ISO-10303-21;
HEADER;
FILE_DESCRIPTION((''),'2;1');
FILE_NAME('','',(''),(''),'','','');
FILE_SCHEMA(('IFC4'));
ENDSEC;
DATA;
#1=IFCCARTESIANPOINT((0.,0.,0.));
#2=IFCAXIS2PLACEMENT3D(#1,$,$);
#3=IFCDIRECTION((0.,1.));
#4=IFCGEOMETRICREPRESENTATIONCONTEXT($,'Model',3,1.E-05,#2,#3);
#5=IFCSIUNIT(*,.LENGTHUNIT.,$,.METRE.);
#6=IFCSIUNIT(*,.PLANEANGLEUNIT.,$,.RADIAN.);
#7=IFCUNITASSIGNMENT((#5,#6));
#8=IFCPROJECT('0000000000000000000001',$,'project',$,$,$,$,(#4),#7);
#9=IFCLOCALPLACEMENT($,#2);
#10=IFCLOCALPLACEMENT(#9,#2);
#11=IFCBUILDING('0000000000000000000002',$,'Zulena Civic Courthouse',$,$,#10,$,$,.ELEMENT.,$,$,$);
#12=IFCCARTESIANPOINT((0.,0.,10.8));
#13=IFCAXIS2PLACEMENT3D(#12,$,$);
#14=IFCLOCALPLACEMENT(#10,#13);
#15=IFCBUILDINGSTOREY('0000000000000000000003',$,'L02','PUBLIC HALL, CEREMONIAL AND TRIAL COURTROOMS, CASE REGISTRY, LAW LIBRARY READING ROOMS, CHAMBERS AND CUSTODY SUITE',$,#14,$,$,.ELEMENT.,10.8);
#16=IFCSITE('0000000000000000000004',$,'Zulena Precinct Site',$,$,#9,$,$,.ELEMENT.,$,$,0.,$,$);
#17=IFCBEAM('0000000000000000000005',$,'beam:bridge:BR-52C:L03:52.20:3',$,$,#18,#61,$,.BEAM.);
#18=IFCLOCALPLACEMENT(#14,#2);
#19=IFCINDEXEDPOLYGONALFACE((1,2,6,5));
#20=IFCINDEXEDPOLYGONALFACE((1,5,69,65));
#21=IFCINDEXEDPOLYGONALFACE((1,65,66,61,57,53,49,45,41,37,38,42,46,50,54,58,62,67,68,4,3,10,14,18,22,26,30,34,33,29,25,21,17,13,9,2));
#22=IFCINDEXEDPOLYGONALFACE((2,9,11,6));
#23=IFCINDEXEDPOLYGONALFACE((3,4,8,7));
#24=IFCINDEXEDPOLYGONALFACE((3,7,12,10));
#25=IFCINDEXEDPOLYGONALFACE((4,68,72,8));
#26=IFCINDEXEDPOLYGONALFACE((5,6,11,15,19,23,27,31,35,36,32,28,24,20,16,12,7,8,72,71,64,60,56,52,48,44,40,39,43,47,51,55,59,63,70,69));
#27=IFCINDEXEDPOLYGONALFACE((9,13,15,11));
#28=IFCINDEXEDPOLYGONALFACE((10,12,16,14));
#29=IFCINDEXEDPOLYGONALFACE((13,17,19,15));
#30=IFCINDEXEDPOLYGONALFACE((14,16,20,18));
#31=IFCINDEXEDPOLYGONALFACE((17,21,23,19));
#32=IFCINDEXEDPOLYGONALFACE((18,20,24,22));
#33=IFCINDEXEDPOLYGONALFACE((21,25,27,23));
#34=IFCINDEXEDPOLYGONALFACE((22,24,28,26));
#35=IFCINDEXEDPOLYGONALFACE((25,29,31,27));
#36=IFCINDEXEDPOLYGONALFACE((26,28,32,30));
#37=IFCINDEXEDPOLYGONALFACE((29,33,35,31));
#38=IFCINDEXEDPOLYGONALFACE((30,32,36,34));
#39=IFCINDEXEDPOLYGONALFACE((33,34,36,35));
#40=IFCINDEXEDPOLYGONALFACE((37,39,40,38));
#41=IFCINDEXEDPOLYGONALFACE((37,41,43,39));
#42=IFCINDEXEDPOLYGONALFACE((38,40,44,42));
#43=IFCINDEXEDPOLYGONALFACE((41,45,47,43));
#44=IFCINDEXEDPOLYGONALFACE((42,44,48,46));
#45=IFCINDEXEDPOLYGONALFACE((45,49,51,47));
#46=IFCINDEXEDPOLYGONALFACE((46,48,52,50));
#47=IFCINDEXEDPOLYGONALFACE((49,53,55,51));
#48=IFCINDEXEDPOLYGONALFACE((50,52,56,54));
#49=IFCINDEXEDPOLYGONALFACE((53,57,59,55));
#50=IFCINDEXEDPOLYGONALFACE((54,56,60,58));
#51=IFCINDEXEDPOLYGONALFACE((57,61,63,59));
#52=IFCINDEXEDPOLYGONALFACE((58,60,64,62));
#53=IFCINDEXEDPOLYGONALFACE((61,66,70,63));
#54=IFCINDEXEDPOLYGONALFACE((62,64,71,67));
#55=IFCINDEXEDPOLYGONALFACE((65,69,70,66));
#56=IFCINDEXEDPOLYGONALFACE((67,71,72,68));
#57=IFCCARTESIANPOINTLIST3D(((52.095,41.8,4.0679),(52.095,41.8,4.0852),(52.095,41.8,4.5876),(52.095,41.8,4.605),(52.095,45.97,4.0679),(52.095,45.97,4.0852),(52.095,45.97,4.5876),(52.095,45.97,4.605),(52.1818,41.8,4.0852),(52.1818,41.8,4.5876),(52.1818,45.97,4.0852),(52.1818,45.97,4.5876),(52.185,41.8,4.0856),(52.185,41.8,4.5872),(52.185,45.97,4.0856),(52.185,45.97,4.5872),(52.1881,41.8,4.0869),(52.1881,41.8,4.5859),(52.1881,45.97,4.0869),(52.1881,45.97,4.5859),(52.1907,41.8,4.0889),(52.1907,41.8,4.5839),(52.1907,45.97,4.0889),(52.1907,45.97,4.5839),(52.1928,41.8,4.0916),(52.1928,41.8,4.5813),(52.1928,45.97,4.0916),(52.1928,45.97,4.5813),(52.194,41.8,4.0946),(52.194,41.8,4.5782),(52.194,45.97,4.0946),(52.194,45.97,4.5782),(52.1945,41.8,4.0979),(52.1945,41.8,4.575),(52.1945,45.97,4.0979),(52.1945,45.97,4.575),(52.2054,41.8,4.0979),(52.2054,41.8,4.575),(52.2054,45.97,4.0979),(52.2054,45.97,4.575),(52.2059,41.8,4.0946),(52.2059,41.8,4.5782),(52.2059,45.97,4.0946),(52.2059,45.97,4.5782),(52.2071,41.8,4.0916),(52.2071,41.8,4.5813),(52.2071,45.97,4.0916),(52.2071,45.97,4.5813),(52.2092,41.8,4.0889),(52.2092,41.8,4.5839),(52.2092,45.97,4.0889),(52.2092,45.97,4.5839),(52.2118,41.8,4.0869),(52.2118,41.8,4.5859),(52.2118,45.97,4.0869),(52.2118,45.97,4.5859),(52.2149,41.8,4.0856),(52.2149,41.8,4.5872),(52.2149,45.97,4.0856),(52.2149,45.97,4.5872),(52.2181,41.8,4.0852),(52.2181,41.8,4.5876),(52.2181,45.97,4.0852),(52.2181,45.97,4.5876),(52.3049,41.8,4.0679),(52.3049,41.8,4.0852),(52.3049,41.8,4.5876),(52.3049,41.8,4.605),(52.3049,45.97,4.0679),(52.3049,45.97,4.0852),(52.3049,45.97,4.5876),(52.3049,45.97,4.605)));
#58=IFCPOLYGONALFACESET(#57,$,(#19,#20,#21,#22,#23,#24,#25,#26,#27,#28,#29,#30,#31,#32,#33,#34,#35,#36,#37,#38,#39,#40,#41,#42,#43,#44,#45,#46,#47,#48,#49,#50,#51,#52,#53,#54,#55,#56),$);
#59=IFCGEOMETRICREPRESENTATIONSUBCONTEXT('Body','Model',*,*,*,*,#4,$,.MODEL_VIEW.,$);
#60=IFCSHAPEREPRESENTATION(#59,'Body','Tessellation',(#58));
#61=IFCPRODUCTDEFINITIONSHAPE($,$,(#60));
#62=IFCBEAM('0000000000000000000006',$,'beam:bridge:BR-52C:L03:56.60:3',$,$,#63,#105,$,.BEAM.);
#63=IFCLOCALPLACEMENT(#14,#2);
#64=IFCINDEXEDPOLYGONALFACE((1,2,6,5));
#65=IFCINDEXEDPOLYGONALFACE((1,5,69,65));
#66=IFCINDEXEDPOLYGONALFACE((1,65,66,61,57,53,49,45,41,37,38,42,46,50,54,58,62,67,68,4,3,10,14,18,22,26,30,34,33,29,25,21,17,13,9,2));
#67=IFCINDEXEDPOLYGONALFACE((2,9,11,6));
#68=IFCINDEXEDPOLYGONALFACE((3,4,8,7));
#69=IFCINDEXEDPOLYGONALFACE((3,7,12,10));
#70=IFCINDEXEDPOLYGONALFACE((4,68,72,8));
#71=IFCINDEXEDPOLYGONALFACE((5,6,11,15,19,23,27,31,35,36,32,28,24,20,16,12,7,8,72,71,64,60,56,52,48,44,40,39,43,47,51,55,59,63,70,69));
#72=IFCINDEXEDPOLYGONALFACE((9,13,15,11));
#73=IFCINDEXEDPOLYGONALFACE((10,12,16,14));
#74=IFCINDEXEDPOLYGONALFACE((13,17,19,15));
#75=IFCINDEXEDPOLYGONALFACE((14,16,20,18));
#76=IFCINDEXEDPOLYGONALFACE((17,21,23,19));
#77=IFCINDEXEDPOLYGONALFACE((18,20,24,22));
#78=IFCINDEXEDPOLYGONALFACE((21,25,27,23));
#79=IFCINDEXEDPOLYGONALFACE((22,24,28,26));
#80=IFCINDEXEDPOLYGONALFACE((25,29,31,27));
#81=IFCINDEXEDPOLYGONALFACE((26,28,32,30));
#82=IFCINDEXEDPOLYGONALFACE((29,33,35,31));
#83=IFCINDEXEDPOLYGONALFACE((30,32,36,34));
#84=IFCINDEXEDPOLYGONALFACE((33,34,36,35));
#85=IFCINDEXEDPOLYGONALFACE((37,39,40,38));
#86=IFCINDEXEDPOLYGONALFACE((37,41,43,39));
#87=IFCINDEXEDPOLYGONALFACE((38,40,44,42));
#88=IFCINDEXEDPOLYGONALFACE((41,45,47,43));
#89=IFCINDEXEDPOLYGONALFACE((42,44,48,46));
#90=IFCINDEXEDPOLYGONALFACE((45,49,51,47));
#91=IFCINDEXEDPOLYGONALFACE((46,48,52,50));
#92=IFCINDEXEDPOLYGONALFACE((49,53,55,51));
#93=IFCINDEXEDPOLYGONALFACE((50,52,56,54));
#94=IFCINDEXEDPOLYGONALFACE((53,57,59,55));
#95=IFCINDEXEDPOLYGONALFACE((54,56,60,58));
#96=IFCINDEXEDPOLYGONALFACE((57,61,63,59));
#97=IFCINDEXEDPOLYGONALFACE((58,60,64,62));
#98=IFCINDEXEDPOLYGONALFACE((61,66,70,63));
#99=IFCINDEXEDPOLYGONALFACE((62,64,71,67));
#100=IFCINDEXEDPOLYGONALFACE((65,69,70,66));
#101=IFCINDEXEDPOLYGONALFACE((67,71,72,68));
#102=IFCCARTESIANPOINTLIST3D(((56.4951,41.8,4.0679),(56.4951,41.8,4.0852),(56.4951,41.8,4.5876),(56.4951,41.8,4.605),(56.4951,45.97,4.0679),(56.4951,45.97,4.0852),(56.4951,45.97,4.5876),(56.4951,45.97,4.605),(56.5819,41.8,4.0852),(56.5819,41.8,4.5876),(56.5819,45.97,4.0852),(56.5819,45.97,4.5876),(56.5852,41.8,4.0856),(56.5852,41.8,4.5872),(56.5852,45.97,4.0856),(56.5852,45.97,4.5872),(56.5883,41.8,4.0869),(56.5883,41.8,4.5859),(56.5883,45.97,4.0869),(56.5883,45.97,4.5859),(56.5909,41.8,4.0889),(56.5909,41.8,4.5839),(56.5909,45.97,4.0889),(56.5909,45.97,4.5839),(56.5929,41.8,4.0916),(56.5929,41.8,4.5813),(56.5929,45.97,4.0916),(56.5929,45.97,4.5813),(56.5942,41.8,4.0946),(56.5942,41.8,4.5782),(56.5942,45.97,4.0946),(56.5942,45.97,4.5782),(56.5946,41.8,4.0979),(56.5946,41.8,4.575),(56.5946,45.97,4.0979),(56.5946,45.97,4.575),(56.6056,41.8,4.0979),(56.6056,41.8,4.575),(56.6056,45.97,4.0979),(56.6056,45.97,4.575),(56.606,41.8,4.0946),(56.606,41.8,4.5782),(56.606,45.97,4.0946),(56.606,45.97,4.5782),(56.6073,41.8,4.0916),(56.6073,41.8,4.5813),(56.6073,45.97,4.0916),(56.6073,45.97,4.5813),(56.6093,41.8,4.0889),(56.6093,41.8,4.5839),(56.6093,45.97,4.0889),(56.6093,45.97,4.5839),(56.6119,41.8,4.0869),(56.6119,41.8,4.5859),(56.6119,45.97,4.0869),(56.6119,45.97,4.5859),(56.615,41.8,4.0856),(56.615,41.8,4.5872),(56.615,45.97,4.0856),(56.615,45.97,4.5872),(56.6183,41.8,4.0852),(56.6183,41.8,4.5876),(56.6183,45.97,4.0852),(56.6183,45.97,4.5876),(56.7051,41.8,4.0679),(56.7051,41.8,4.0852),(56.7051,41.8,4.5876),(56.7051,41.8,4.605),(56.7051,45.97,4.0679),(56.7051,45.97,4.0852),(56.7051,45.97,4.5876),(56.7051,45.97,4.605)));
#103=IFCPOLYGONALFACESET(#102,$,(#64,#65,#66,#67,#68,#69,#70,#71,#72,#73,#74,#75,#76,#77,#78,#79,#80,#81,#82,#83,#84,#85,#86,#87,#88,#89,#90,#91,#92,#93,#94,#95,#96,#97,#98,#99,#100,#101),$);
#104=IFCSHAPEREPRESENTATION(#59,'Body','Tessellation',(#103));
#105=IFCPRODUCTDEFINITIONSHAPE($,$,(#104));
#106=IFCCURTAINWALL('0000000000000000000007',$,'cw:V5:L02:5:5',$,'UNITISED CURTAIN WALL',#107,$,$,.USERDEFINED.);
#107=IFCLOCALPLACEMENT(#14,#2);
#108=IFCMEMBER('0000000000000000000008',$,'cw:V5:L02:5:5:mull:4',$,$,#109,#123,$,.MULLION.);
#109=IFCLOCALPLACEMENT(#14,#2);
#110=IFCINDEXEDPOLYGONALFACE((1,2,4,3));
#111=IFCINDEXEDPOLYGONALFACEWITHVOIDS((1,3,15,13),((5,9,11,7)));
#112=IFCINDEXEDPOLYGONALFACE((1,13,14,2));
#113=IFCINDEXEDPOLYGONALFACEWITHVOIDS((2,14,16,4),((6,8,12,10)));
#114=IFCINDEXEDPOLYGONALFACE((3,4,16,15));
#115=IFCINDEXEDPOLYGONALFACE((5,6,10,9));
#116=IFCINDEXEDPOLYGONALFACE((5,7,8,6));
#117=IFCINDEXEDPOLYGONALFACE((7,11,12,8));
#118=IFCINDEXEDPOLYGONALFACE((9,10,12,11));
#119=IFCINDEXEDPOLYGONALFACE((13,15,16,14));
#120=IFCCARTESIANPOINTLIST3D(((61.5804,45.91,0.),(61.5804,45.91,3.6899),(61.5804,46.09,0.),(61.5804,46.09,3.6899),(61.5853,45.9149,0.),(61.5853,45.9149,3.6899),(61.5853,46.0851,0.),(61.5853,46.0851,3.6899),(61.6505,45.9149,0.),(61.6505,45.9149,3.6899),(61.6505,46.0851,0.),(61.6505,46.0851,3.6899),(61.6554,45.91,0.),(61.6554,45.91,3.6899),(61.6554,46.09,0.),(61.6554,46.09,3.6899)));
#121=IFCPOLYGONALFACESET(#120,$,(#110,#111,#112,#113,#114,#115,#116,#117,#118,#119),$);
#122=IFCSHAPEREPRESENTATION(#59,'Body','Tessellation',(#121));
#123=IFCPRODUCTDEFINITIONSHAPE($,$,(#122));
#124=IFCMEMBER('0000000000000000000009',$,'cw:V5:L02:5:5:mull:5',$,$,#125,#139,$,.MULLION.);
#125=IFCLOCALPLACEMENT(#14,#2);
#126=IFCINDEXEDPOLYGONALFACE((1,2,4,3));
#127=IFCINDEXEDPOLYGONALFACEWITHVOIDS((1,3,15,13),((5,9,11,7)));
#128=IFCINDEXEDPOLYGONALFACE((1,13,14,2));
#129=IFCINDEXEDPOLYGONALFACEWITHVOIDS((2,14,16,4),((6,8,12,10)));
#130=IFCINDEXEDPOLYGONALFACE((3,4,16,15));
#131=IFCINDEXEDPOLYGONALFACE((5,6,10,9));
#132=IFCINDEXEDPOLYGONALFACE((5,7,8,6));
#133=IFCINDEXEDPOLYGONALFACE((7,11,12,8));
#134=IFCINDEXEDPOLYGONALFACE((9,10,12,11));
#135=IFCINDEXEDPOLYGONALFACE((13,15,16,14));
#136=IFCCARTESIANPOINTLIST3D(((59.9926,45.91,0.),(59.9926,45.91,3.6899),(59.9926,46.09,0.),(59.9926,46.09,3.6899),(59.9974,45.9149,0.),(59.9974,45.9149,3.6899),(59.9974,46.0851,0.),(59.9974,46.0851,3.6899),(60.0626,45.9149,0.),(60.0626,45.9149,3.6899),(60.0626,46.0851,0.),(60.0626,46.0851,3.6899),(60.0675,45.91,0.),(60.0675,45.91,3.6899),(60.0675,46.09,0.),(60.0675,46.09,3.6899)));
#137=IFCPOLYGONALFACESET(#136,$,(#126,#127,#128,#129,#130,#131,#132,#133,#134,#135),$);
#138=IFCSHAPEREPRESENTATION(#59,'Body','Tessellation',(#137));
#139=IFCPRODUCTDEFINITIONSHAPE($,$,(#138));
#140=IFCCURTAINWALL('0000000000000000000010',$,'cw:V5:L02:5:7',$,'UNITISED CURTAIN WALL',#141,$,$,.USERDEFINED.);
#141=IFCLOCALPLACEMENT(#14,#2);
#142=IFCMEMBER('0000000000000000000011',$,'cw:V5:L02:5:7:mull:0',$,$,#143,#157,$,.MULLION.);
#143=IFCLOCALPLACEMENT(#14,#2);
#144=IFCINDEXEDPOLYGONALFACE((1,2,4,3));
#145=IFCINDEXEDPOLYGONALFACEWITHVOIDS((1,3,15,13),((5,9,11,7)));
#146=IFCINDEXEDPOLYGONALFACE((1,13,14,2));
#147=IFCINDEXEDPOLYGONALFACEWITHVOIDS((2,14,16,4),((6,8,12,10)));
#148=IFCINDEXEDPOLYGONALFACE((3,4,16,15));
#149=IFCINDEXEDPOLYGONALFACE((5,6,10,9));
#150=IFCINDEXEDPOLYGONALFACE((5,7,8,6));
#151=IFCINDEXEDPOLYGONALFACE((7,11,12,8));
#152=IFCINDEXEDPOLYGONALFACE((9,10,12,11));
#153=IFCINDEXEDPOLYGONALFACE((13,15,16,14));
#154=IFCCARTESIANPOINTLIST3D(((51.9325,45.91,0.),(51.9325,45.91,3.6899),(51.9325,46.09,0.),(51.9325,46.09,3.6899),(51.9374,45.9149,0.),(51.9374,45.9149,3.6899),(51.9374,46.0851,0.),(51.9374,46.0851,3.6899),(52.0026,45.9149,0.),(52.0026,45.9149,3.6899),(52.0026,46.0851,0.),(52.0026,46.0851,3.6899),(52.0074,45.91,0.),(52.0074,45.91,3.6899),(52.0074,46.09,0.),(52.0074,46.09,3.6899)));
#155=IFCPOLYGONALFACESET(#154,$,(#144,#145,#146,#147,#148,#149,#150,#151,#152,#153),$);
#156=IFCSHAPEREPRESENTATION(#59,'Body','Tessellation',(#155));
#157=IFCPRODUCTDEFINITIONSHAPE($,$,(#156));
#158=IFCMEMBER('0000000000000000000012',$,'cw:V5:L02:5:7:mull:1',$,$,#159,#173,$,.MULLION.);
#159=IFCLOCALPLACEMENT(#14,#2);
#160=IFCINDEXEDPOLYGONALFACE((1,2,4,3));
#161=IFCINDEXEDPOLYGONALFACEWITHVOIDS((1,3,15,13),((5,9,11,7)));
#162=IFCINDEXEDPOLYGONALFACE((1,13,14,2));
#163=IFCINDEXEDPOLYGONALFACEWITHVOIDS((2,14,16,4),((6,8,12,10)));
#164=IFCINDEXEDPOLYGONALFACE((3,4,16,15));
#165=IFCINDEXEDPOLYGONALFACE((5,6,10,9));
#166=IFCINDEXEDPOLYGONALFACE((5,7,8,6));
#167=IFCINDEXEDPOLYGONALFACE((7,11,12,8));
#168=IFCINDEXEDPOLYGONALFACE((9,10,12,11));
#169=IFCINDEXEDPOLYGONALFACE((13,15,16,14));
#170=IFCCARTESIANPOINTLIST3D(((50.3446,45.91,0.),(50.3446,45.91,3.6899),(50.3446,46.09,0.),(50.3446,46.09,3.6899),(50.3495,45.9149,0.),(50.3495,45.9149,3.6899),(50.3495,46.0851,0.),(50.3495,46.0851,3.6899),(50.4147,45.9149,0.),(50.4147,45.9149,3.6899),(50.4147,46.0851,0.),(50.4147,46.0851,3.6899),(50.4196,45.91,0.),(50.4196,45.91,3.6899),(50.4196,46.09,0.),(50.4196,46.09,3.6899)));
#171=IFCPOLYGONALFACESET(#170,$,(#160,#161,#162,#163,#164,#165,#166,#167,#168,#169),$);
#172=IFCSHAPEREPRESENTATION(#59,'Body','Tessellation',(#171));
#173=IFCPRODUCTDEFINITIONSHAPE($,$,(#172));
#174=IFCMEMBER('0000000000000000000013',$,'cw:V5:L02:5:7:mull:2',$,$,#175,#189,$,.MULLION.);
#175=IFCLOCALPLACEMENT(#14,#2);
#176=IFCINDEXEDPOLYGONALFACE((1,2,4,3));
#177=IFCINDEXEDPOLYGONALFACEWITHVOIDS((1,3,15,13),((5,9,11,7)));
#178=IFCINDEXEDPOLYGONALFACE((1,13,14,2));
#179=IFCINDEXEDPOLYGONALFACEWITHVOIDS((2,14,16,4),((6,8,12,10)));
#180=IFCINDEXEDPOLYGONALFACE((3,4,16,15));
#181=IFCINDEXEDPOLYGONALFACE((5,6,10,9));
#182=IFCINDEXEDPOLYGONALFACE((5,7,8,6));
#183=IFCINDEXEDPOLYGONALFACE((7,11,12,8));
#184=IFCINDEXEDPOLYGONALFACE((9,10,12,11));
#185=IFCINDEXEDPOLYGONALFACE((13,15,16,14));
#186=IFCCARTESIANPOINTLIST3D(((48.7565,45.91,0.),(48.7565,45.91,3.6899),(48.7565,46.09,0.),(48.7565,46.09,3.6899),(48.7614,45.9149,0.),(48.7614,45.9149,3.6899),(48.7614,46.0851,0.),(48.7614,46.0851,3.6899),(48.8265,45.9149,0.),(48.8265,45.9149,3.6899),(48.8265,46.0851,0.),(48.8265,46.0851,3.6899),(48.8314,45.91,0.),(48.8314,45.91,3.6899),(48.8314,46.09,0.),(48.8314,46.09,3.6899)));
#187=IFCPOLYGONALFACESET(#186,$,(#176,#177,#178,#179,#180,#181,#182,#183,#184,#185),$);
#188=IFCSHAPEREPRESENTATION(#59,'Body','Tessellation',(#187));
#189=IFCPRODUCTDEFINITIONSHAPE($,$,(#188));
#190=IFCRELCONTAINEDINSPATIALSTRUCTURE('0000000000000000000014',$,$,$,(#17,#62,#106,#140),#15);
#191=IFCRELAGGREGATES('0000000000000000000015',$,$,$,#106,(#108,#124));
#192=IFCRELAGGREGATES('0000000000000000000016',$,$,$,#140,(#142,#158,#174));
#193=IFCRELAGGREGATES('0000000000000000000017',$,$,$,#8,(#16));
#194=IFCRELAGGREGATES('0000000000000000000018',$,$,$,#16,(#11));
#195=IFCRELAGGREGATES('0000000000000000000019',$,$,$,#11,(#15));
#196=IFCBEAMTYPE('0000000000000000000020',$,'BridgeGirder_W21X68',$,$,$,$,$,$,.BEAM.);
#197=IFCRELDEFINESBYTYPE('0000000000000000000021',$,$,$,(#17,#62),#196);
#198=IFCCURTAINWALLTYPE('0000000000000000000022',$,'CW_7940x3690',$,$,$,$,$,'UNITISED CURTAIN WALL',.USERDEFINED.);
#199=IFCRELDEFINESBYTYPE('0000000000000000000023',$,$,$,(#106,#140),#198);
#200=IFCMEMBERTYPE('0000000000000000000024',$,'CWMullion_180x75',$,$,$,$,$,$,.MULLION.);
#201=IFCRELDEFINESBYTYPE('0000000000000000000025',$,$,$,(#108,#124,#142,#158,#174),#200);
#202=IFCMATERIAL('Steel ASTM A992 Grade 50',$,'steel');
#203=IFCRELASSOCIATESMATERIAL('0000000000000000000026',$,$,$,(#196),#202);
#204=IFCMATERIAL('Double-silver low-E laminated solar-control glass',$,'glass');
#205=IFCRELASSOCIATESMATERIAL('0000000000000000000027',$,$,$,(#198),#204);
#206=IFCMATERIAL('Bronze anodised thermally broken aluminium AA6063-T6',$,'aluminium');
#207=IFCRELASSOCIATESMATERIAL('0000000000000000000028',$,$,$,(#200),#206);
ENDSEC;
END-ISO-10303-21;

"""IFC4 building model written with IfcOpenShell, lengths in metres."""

from ifc_helpers import new_model, si_unit, direction, frame, origin, origin_2d, place, context, subcontext, project, spatial, hollow_rectangle, i_section, extrude, material, material_profile, profile_set, type_object, element, aggregate, save


model = new_model("IFC4")

# Units and contexts
model_context = context("Model", 3, precision=1e-05, world=origin(), true_north=direction((0.0, 1.0)))
body_context = subcontext(model_context, "Body", "Model", "MODEL_VIEW")
ifc_project = project(units=[si_unit("LENGTHUNIT", "METRE"), si_unit("PLANEANGLEUNIT", "RADIAN")], contexts=[model_context])

# Site, building, storey
site_placement = place(None, origin())
site = spatial("IfcSite", under=ifc_project, at=site_placement, Name="Zulena Precinct Site", CompositionType="ELEMENT", RefElevation=0.0)
building_placement = place(site_placement, origin())
building = spatial("IfcBuilding", under=site, at=building_placement, Name="Zulena Civic Courthouse", CompositionType="ELEMENT")
storey_placement = place(building_placement, frame((0.0, 0.0, 10.8)))
storey = spatial("IfcBuildingStorey", under=building, at=storey_placement, Name="L02", Description="PUBLIC HALL, CEREMONIAL AND TRIAL COURTROOMS, CASE REGISTRY, LAW LIBRARY READING ROOMS, CHAMBERS AND CUSTODY SUITE", CompositionType="ELEMENT", Elevation=10.8)

# Shared definitions
ifc_material_1 = material(Name="Steel ASTM A992 Grade 50", Category="steel")

# Beams
ifc_material_profile_1 = material_profile(ifc_material_1, i_section(OverallWidth=0.21, OverallDepth=0.5371, WebThickness=0.011, FlangeThickness=0.0173, FilletRadius=0.0127, at=origin_2d()), Name="W21X68")
ifc_profile_set_1 = profile_set([ifc_material_profile_1], Name="Steel ASTM A992 Grade 50")
beam_type_1 = type_object("IfcBeamType", Name="BridgeGirder_W21X68", PredefinedType="BEAM", material=ifc_profile_set_1)
for number, where, z_axis, x_axis, name in (
    (1, (52.2, 41.8, 4.3364), (0.0, 1.0, 0.0), (-1.0, 0.0, 0.0), "beam:bridge:BR-52C:L03:52.20:3"),
    (2, (56.6001, 41.8, 4.3364), (0.0, 1.0, 0.0), (-1.0, 0.0, 0.0), "beam:bridge:BR-52C:L03:56.60:3"),
):
    element("IfcBeam", number, at=place(storey_placement, frame(where, z_axis=z_axis, x_axis=x_axis)), inside=storey, type_object=beam_type_1, Name=name, PredefinedType="BEAM", context=body_context, shape_type="SweptSolid", body=[
        extrude(i_section(OverallWidth=0.21, OverallDepth=0.5371, WebThickness=0.011, FlangeThickness=0.0173, FilletRadius=0.0127, at=origin_2d()), origin(), (0.0, 0.0, 1.0), 4.1699),
    ])

# Curtain walls, members
ifc_material_2 = material(Name="Double-silver low-E laminated solar-control glass", Category="glass")
curtain_wall_type = type_object("IfcCurtainWallType", Name="CW_7940x3690", ElementType="UNITISED CURTAIN WALL", PredefinedType="USERDEFINED", material=ifc_material_2)
curtain_wall_1_placement = place(storey_placement, origin())
curtain_wall_1 = element("IfcCurtainWall", 3, at=curtain_wall_1_placement, inside=storey, type_object=curtain_wall_type, Name="cw:V5:L02:5:5", ObjectType="UNITISED CURTAIN WALL", PredefinedType="USERDEFINED")
ifc_material_3 = material(Name="Bronze anodised thermally broken aluminium AA6063-T6", Category="aluminium")
ifc_material_profile_2 = material_profile(ifc_material_3, hollow_rectangle(XDim=0.075, YDim=0.1799, WallThickness=0.0049, at=origin_2d()), Name="CWM180X75X5")
ifc_profile_set_2 = profile_set([ifc_material_profile_2], Name="Bronze anodised thermally broken aluminium AA6063-T6")
member_type_1 = type_object("IfcMemberType", Name="CWMullion_180x75", PredefinedType="MULLION", material=ifc_profile_set_2)
member_1_placement = place(storey_placement, frame((61.6179, 46.0, 0.0), z_axis=(0.0, 0.0, 1.0), x_axis=(1.0, 0.0, 0.0)))
member_1 = element("IfcMember", 4, at=member_1_placement, type_object=member_type_1, Name="cw:V5:L02:5:5:mull:4", PredefinedType="MULLION", context=body_context, shape_type="SweptSolid", body=[
    extrude(hollow_rectangle(XDim=0.075, YDim=0.1799, WallThickness=0.0049, at=origin_2d()), origin(), (0.0, 0.0, 1.0), 3.6899),
])
member_2_placement = place(storey_placement, frame((60.03, 46.0, 0.0), z_axis=(0.0, 0.0, 1.0), x_axis=(1.0, 0.0, 0.0)))
member_2 = element("IfcMember", 5, at=member_2_placement, type_object=member_type_1, Name="cw:V5:L02:5:5:mull:5", PredefinedType="MULLION", context=body_context, shape_type="SweptSolid", body=[
    extrude(hollow_rectangle(XDim=0.075, YDim=0.1799, WallThickness=0.0049, at=origin_2d()), origin(), (0.0, 0.0, 1.0), 3.6899),
])
curtain_wall_2_placement = place(storey_placement, origin())
curtain_wall_2 = element("IfcCurtainWall", 6, at=curtain_wall_2_placement, inside=storey, type_object=curtain_wall_type, Name="cw:V5:L02:5:7", ObjectType="UNITISED CURTAIN WALL", PredefinedType="USERDEFINED")
member_3_placement = place(storey_placement, frame((51.97, 46.0, 0.0), z_axis=(0.0, 0.0, 1.0), x_axis=(1.0, 0.0, 0.0)))
member_3 = element("IfcMember", 7, at=member_3_placement, type_object=member_type_1, Name="cw:V5:L02:5:7:mull:0", PredefinedType="MULLION", context=body_context, shape_type="SweptSolid", body=[
    extrude(hollow_rectangle(XDim=0.075, YDim=0.1799, WallThickness=0.0049, at=origin_2d()), origin(), (0.0, 0.0, 1.0), 3.6899),
])
member_4_placement = place(storey_placement, frame((50.3821, 46.0, 0.0), z_axis=(0.0, 0.0, 1.0), x_axis=(1.0, 0.0, 0.0)))
member_4 = element("IfcMember", 8, at=member_4_placement, type_object=member_type_1, Name="cw:V5:L02:5:7:mull:1", PredefinedType="MULLION", context=body_context, shape_type="SweptSolid", body=[
    extrude(hollow_rectangle(XDim=0.075, YDim=0.1799, WallThickness=0.0049, at=origin_2d()), origin(), (0.0, 0.0, 1.0), 3.6899),
])
member_5_placement = place(storey_placement, frame((48.7939, 46.0, 0.0), z_axis=(0.0, 0.0, 1.0), x_axis=(1.0, 0.0, 0.0)))
member_5 = element("IfcMember", 9, at=member_5_placement, type_object=member_type_1, Name="cw:V5:L02:5:7:mull:2", PredefinedType="MULLION", context=body_context, shape_type="SweptSolid", body=[
    extrude(hollow_rectangle(XDim=0.075, YDim=0.1799, WallThickness=0.0049, at=origin_2d()), origin(), (0.0, 0.0, 1.0), 3.6899),
])

aggregate(curtain_wall_1, [member_1, member_2])
aggregate(curtain_wall_2, [member_3, member_4, member_5])

save(model, "model.ifc")
